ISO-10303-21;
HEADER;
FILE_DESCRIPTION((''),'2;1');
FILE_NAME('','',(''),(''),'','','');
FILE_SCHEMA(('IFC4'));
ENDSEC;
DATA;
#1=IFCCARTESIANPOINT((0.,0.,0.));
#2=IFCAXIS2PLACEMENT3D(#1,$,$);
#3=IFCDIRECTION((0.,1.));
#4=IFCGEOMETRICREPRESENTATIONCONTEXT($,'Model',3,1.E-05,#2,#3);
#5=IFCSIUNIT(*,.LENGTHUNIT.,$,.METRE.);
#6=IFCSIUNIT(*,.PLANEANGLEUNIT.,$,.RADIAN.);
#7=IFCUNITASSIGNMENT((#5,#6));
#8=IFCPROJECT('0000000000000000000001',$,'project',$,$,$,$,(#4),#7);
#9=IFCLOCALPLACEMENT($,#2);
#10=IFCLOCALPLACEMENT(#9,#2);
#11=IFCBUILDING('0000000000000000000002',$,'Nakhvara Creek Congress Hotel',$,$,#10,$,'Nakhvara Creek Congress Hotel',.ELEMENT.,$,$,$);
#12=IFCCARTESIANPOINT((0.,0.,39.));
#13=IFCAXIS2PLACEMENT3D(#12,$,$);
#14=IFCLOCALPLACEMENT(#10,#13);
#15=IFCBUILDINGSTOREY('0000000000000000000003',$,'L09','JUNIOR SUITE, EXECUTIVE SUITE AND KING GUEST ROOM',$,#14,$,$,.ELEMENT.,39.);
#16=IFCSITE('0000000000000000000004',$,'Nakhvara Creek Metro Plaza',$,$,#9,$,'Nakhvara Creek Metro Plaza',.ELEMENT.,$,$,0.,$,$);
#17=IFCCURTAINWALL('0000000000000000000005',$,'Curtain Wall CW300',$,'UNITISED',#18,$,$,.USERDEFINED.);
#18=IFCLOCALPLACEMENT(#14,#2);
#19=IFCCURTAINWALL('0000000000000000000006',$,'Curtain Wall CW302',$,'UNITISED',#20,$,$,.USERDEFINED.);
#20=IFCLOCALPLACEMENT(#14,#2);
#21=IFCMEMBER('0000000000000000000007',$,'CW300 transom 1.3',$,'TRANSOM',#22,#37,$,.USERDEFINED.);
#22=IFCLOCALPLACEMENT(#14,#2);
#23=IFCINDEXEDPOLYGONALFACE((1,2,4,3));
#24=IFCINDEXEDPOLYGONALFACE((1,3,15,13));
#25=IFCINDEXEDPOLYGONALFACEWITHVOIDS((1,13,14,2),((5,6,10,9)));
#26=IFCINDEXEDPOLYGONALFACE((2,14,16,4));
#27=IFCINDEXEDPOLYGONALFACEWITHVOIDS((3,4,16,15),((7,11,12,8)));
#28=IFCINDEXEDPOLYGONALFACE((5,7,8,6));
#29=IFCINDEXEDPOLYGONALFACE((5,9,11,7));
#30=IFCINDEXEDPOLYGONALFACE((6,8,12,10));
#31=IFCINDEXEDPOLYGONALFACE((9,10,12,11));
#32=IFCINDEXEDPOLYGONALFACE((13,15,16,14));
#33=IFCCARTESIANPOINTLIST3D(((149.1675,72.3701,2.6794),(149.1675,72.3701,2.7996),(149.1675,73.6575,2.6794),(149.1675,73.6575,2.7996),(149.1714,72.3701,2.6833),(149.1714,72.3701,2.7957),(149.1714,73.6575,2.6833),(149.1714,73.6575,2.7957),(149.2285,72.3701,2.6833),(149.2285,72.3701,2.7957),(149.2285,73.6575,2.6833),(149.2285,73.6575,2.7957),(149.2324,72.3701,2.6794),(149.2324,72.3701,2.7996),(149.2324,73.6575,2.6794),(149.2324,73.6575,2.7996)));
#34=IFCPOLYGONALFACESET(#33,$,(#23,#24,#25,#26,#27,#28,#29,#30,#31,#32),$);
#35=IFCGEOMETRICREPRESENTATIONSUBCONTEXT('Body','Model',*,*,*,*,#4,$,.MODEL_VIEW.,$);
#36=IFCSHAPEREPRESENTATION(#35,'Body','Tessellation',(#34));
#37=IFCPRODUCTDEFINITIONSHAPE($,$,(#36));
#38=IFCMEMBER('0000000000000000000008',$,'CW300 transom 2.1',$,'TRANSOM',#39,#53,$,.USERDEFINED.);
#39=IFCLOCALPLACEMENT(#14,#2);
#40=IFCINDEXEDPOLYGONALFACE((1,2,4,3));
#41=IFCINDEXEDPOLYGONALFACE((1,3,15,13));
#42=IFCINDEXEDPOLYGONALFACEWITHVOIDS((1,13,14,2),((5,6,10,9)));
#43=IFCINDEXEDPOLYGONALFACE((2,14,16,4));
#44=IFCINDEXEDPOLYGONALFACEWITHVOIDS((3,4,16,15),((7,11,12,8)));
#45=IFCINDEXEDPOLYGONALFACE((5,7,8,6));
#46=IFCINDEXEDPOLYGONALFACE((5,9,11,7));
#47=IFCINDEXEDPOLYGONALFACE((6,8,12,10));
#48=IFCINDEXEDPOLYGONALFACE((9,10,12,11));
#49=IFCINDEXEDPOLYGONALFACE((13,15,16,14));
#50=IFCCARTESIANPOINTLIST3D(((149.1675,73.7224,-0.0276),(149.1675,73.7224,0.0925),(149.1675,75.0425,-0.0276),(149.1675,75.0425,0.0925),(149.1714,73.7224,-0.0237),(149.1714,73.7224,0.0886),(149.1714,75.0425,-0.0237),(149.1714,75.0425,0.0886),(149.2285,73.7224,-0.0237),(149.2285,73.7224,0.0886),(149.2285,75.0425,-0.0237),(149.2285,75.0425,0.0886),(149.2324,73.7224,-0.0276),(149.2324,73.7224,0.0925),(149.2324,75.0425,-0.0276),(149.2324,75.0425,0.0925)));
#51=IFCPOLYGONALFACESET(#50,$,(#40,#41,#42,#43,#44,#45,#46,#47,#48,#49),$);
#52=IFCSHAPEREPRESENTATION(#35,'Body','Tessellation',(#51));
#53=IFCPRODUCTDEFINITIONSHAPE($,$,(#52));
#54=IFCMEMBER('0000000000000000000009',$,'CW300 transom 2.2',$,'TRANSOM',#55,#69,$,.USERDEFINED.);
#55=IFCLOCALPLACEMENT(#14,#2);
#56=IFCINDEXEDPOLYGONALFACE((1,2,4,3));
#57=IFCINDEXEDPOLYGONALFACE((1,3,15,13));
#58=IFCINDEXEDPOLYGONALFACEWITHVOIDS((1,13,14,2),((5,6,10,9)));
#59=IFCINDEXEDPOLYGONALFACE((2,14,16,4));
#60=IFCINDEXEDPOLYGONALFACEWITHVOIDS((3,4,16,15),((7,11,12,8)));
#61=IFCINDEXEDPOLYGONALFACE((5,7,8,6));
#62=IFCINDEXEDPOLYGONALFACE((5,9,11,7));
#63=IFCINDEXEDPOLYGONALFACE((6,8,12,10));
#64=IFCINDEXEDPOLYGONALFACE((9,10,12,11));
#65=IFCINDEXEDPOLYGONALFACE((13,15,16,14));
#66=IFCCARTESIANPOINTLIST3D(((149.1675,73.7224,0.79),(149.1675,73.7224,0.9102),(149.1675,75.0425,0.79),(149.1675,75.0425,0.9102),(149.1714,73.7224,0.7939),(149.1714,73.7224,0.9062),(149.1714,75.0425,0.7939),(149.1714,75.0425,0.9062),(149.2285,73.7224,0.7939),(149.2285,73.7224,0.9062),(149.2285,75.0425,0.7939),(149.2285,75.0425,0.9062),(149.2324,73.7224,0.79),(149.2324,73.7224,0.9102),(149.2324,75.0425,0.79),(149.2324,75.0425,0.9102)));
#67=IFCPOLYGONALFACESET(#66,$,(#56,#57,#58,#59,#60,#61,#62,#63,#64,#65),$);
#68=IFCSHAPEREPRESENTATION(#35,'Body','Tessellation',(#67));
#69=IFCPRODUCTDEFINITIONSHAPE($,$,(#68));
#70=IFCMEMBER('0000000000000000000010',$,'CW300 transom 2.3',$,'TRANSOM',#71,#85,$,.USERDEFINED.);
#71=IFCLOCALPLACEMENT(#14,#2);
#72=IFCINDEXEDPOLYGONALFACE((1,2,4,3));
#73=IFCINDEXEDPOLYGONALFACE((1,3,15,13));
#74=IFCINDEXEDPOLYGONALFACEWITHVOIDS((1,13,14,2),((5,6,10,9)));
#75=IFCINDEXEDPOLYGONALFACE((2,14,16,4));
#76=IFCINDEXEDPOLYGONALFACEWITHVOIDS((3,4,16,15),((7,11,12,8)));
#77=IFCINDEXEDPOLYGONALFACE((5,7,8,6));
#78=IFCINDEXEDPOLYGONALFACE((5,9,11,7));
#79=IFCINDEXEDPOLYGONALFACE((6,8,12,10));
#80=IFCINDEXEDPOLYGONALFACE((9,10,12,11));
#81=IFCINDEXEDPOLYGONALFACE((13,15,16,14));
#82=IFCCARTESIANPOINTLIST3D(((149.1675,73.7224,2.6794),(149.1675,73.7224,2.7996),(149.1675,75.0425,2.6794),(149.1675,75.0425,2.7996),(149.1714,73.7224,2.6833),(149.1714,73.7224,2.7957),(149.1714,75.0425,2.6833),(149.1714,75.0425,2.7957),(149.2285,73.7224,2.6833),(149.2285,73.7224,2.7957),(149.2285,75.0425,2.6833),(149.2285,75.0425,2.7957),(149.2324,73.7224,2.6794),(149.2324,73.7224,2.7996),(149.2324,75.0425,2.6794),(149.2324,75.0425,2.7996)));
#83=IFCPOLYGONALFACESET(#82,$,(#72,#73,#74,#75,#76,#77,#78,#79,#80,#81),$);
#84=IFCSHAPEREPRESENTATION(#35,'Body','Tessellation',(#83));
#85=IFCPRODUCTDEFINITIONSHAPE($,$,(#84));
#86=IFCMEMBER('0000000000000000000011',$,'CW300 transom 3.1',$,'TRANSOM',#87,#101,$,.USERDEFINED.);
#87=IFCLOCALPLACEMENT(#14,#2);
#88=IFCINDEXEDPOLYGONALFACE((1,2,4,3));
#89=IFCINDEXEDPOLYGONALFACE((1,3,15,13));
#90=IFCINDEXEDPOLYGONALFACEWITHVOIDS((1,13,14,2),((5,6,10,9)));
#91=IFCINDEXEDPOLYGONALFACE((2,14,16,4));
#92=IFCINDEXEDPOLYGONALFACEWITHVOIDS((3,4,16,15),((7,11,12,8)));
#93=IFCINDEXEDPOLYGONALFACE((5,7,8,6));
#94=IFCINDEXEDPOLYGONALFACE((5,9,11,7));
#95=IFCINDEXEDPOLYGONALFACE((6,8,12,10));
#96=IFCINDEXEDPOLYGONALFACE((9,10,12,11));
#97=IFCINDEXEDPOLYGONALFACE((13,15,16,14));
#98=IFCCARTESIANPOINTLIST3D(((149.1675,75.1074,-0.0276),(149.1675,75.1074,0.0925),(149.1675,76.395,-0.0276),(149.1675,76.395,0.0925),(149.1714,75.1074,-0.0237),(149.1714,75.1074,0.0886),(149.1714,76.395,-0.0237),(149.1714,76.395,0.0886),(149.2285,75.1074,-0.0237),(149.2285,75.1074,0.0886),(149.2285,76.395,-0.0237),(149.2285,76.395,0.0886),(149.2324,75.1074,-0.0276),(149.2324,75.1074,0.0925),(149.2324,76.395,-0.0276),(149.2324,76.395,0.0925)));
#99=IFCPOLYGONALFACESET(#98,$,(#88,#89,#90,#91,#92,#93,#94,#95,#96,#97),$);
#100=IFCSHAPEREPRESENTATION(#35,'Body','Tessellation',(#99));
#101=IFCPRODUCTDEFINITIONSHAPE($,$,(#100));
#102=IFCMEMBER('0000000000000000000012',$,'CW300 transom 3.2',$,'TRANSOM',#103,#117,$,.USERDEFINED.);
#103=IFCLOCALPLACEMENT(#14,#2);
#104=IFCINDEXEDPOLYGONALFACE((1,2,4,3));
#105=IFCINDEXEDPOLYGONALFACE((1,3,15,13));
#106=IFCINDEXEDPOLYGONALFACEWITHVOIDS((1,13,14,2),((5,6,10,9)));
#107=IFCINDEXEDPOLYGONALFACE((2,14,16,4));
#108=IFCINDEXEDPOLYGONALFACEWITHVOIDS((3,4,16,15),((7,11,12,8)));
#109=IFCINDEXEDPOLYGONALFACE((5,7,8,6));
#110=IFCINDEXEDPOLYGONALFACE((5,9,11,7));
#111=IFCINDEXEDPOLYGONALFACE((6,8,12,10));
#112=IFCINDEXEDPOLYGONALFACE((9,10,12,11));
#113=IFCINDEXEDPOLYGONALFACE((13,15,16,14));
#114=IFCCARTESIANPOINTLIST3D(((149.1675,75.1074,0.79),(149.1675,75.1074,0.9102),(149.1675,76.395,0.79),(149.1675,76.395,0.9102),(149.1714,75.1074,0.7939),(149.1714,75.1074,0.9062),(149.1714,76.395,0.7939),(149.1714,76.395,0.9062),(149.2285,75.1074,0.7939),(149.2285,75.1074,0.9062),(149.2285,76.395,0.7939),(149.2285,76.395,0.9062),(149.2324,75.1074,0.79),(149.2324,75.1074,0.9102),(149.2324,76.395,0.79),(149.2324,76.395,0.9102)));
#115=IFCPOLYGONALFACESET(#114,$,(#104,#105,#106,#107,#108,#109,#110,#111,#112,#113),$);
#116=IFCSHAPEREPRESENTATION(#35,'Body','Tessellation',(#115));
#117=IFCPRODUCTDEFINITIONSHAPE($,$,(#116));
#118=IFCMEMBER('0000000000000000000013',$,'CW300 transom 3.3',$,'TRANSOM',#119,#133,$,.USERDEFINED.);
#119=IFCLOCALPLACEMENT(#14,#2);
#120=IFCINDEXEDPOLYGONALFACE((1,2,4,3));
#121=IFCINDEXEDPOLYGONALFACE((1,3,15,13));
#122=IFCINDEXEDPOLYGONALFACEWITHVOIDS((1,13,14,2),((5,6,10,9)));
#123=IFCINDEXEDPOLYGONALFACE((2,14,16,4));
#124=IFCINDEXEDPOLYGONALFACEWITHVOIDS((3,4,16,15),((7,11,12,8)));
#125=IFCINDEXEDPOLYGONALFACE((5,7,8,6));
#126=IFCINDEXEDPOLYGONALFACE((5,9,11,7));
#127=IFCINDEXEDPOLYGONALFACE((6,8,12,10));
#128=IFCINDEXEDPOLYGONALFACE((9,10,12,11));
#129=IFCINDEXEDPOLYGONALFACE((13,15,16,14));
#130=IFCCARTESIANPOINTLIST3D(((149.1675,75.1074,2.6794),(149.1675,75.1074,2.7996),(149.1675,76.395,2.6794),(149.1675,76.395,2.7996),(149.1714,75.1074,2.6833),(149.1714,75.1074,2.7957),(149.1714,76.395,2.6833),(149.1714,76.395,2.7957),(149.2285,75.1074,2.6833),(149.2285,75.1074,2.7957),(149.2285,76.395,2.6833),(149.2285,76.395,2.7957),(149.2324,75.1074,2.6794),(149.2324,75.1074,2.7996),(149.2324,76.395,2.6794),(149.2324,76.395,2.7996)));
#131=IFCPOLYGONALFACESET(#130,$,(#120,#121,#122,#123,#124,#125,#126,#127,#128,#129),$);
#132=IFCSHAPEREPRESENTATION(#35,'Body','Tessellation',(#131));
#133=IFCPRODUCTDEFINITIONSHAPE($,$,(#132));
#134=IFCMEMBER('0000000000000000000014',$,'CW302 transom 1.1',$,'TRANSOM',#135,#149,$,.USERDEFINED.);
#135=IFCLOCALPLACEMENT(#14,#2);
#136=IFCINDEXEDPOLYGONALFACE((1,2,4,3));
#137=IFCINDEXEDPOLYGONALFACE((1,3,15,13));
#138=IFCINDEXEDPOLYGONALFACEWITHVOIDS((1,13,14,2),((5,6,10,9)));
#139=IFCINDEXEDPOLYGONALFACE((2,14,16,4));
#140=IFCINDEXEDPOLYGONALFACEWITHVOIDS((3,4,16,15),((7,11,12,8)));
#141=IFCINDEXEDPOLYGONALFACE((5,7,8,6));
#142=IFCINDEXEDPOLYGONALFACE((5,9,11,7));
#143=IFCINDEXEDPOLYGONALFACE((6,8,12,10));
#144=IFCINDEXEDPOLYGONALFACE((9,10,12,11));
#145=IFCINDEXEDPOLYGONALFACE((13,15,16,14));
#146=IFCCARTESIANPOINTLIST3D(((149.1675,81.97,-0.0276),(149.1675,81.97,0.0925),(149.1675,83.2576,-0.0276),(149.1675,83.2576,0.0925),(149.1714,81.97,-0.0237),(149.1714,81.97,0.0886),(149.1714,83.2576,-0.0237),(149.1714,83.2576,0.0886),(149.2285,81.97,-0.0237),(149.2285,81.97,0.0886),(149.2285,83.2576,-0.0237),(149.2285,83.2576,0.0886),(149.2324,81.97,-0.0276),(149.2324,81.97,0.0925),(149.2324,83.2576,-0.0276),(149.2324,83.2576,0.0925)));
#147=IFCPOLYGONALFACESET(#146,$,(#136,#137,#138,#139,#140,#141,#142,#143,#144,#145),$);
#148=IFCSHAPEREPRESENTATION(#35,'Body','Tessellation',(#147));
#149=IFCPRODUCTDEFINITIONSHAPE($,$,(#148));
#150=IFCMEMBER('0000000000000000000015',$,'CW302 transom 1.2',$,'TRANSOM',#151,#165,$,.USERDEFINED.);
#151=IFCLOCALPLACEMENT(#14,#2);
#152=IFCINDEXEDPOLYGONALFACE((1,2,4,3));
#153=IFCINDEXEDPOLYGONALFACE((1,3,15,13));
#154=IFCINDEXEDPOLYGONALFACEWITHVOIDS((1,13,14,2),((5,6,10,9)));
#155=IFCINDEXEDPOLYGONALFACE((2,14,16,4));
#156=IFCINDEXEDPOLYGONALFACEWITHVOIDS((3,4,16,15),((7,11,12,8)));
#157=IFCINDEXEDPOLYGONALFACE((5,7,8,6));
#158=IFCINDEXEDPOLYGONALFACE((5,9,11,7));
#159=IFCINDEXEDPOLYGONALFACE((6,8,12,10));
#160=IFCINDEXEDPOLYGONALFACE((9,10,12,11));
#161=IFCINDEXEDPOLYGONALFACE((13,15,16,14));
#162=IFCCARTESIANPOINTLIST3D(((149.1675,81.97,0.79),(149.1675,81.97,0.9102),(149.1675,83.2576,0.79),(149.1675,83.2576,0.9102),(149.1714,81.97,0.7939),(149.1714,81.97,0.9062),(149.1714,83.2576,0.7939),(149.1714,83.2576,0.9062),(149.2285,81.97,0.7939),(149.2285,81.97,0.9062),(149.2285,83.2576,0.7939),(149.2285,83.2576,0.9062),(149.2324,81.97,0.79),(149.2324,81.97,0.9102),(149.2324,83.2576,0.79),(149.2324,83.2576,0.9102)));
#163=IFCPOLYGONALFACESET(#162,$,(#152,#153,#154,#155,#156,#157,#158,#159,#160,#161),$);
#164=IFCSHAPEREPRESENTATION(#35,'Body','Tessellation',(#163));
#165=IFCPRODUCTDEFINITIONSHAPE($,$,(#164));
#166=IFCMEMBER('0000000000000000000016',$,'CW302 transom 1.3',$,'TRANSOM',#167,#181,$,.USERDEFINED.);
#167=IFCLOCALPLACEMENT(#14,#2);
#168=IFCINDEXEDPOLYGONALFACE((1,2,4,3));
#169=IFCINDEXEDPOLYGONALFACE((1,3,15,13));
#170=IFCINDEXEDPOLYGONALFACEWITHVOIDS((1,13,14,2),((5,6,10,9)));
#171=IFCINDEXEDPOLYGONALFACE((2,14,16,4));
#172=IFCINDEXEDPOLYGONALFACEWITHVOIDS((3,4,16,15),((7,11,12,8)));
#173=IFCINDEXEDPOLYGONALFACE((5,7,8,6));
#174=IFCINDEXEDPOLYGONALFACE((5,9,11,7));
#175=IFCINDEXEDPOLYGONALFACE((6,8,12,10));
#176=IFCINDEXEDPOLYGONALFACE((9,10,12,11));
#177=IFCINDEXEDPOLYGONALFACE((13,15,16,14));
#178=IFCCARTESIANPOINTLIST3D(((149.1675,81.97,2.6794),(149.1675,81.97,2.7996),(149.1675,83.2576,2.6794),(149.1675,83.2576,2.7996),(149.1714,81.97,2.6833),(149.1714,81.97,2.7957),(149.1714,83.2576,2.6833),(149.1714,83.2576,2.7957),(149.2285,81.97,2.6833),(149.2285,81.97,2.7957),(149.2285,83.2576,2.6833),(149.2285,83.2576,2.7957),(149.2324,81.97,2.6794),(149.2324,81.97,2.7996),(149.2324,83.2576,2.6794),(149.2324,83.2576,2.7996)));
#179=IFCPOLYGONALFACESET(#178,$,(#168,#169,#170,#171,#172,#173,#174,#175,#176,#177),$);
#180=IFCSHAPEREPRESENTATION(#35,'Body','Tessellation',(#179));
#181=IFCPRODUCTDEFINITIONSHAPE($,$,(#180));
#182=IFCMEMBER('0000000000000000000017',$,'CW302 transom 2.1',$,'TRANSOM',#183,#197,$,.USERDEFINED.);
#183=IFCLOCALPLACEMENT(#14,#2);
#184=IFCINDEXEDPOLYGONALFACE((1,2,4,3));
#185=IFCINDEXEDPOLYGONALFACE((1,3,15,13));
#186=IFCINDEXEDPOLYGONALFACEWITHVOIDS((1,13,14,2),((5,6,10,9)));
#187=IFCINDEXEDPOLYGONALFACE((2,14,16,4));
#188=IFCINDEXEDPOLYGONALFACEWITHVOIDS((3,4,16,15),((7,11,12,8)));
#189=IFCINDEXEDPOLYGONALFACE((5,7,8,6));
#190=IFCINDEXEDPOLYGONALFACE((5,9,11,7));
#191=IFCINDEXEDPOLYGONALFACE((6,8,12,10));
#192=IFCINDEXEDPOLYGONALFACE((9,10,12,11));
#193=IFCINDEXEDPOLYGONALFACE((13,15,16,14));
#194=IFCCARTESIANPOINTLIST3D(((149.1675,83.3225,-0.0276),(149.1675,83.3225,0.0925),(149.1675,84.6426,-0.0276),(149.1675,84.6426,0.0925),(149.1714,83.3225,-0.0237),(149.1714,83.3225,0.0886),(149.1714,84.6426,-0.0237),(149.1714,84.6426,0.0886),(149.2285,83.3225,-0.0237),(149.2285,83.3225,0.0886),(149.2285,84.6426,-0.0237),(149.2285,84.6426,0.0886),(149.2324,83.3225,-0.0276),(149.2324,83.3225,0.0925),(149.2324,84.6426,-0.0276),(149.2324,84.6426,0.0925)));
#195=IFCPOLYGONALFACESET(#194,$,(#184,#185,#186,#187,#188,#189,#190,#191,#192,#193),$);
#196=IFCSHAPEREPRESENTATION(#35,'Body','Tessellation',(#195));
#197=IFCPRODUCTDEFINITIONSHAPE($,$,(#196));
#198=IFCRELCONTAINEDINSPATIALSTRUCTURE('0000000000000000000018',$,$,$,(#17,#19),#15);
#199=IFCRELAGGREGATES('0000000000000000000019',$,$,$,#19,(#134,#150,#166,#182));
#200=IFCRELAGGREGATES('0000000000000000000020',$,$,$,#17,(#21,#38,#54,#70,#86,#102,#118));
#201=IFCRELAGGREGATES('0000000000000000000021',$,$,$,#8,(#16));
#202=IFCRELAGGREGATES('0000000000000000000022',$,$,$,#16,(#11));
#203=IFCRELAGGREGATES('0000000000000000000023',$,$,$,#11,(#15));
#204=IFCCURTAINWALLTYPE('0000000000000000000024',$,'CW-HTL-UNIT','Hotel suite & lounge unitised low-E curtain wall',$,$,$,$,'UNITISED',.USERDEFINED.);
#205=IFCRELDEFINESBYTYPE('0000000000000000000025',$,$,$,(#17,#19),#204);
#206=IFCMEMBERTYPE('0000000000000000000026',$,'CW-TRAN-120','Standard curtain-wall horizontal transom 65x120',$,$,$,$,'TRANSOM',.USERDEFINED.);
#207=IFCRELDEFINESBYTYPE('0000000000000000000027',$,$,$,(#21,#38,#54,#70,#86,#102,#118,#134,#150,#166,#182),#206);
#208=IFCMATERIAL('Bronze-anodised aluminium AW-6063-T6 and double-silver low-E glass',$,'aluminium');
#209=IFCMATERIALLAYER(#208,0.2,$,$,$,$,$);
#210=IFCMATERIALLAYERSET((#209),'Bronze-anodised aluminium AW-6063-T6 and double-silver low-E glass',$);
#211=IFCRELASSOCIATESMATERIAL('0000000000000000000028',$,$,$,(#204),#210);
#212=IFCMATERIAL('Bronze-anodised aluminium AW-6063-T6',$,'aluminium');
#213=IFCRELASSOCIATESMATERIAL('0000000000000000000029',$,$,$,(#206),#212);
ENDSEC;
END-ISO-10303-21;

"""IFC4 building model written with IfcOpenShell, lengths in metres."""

from ifc_helpers import new_model, si_unit, direction, frame, origin, origin_2d, place, context, subcontext, project, spatial, hollow_rectangle, extrude, material, layer, layer_set, material_profile, profile_set, type_object, element, aggregate, save


model = new_model("IFC4")

# Units and contexts
model_context = context("Model", 3, precision=1e-05, world=origin(), true_north=direction((0.0, 1.0)))
body_context = subcontext(model_context, "Body", "Model", "MODEL_VIEW")
ifc_project = project(units=[si_unit("LENGTHUNIT", "METRE"), si_unit("PLANEANGLEUNIT", "RADIAN")], contexts=[model_context])

# Site, building, storey
site_placement = place(None, origin())
site = spatial("IfcSite", under=ifc_project, at=site_placement, Name="Nakhvara Creek Metro Plaza", LongName="Nakhvara Creek Metro Plaza", CompositionType="ELEMENT", RefElevation=0.0)
building_placement = place(site_placement, origin())
building = spatial("IfcBuilding", under=site, at=building_placement, Name="Nakhvara Creek Congress Hotel", LongName="Nakhvara Creek Congress Hotel", CompositionType="ELEMENT")
storey_placement = place(building_placement, frame((0.0, 0.0, 39.0)))
storey = spatial("IfcBuildingStorey", under=building, at=storey_placement, Name="L09", Description="JUNIOR SUITE, EXECUTIVE SUITE AND KING GUEST ROOM", CompositionType="ELEMENT", Elevation=39.0)

# Shared definitions
ifc_material_1 = material(Name="Bronze-anodised aluminium AW-6063-T6 and double-silver low-E glass", Category="aluminium")
ifc_layer = layer(ifc_material_1, 0.2)
ifc_layer_set = layer_set([ifc_layer], Name="Bronze-anodised aluminium AW-6063-T6 and double-silver low-E glass")
curtain_wall_type = type_object("IfcCurtainWallType", Name="CW-HTL-UNIT", Description="Hotel suite & lounge unitised low-E curtain wall", ElementType="UNITISED", PredefinedType="USERDEFINED", material=ifc_layer_set)
ifc_material_2 = material(Name="Bronze-anodised aluminium AW-6063-T6", Category="aluminium")

# Curtain walls
curtain_wall_1_placement = place(storey_placement, origin())
curtain_wall_1 = element("IfcCurtainWall", 1, at=curtain_wall_1_placement, inside=storey, type_object=curtain_wall_type, Name="Curtain Wall CW300", ObjectType="UNITISED", PredefinedType="USERDEFINED")
curtain_wall_2_placement = place(storey_placement, origin())
curtain_wall_2 = element("IfcCurtainWall", 2, at=curtain_wall_2_placement, inside=storey, type_object=curtain_wall_type, Name="Curtain Wall CW302", ObjectType="UNITISED", PredefinedType="USERDEFINED")

# Members
ifc_material_profile_1 = material_profile(ifc_material_2, hollow_rectangle(XDim=0.0649, YDim=0.1201, WallThickness=0.0039, at=origin_2d()), Name="ALU-TRAN 65x120x4", Category="LoadBearing")
ifc_profile_set_1 = profile_set([ifc_material_profile_1], Name="Bronze-anodised aluminium AW-6063-T6")
member_type_1 = type_object("IfcMemberType", Name="CW-TRAN-120", Description="Standard curtain-wall horizontal transom 65x120", ElementType="TRANSOM", PredefinedType="USERDEFINED", material=ifc_profile_set_1)
member_1_placement = place(storey_placement, frame((149.2, 72.3701, 2.7395), z_axis=(0.0, 1.0, 0.0), x_axis=(-1.0, 0.0, 0.0)))
member_1 = element("IfcMember", 3, at=member_1_placement, type_object=member_type_1, Name="CW300 transom 1.3", ObjectType="TRANSOM", PredefinedType="USERDEFINED", context=body_context, shape_type="SweptSolid", body=[
    extrude(hollow_rectangle(XDim=0.0649, YDim=0.1201, WallThickness=0.0039, at=origin_2d()), origin(), (0.0, 0.0, 1.0), 1.2874),
])
member_2_placement = place(storey_placement, frame((149.2, 73.7224, 0.0325), z_axis=(0.0, 1.0, 0.0), x_axis=(-1.0, 0.0, 0.0)))
member_2 = element("IfcMember", 4, at=member_2_placement, type_object=member_type_1, Name="CW300 transom 2.1", ObjectType="TRANSOM", PredefinedType="USERDEFINED", context=body_context, shape_type="SweptSolid", body=[
    extrude(hollow_rectangle(XDim=0.0649, YDim=0.1201, WallThickness=0.0039, at=origin_2d()), origin(), (0.0, 0.0, 1.0), 1.3201),
])
member_3_placement = place(storey_placement, frame((149.2, 73.7224, 0.8501), z_axis=(0.0, 1.0, 0.0), x_axis=(-1.0, 0.0, 0.0)))
member_3 = element("IfcMember", 5, at=member_3_placement, type_object=member_type_1, Name="CW300 transom 2.2", ObjectType="TRANSOM", PredefinedType="USERDEFINED", context=body_context, shape_type="SweptSolid", body=[
    extrude(hollow_rectangle(XDim=0.0649, YDim=0.1201, WallThickness=0.0039, at=origin_2d()), origin(), (0.0, 0.0, 1.0), 1.3201),
])
member_4_placement = place(storey_placement, frame((149.2, 73.7224, 2.7395), z_axis=(0.0, 1.0, 0.0), x_axis=(-1.0, 0.0, 0.0)))
member_4 = element("IfcMember", 6, at=member_4_placement, type_object=member_type_1, Name="CW300 transom 2.3", ObjectType="TRANSOM", PredefinedType="USERDEFINED", context=body_context, shape_type="SweptSolid", body=[
    extrude(hollow_rectangle(XDim=0.0649, YDim=0.1201, WallThickness=0.0039, at=origin_2d()), origin(), (0.0, 0.0, 1.0), 1.3201),
])
member_5_placement = place(storey_placement, frame((149.2, 75.1074, 0.0325), z_axis=(0.0, 1.0, 0.0), x_axis=(-1.0, 0.0, 0.0)))
member_5 = element("IfcMember", 7, at=member_5_placement, type_object=member_type_1, Name="CW300 transom 3.1", ObjectType="TRANSOM", PredefinedType="USERDEFINED", context=body_context, shape_type="SweptSolid", body=[
    extrude(hollow_rectangle(XDim=0.0649, YDim=0.1201, WallThickness=0.0039, at=origin_2d()), origin(), (0.0, 0.0, 1.0), 1.2876),
])
member_6_placement = place(storey_placement, frame((149.2, 75.1074, 0.8501), z_axis=(0.0, 1.0, 0.0), x_axis=(-1.0, 0.0, 0.0)))
member_6 = element("IfcMember", 8, at=member_6_placement, type_object=member_type_1, Name="CW300 transom 3.2", ObjectType="TRANSOM", PredefinedType="USERDEFINED", context=body_context, shape_type="SweptSolid", body=[
    extrude(hollow_rectangle(XDim=0.0649, YDim=0.1201, WallThickness=0.0039, at=origin_2d()), origin(), (0.0, 0.0, 1.0), 1.2876),
])
member_7_placement = place(storey_placement, frame((149.2, 75.1074, 2.7395), z_axis=(0.0, 1.0, 0.0), x_axis=(-1.0, 0.0, 0.0)))
member_7 = element("IfcMember", 9, at=member_7_placement, type_object=member_type_1, Name="CW300 transom 3.3", ObjectType="TRANSOM", PredefinedType="USERDEFINED", context=body_context, shape_type="SweptSolid", body=[
    extrude(hollow_rectangle(XDim=0.0649, YDim=0.1201, WallThickness=0.0039, at=origin_2d()), origin(), (0.0, 0.0, 1.0), 1.2876),
])
member_8_placement = place(storey_placement, frame((149.2, 81.97, 0.0325), z_axis=(0.0, 1.0, 0.0), x_axis=(-1.0, 0.0, 0.0)))
member_8 = element("IfcMember", 10, at=member_8_placement, type_object=member_type_1, Name="CW302 transom 1.1", ObjectType="TRANSOM", PredefinedType="USERDEFINED", context=body_context, shape_type="SweptSolid", body=[
    extrude(hollow_rectangle(XDim=0.0649, YDim=0.1201, WallThickness=0.0039, at=origin_2d()), origin(), (0.0, 0.0, 1.0), 1.2876),
])
member_9_placement = place(storey_placement, frame((149.2, 81.97, 0.8501), z_axis=(0.0, 1.0, 0.0), x_axis=(-1.0, 0.0, 0.0)))
member_9 = element("IfcMember", 11, at=member_9_placement, type_object=member_type_1, Name="CW302 transom 1.2", ObjectType="TRANSOM", PredefinedType="USERDEFINED", context=body_context, shape_type="SweptSolid", body=[
    extrude(hollow_rectangle(XDim=0.0649, YDim=0.1201, WallThickness=0.0039, at=origin_2d()), origin(), (0.0, 0.0, 1.0), 1.2876),
])
member_10_placement = place(storey_placement, frame((149.2, 81.97, 2.7395), z_axis=(0.0, 1.0, 0.0), x_axis=(-1.0, 0.0, 0.0)))
member_10 = element("IfcMember", 12, at=member_10_placement, type_object=member_type_1, Name="CW302 transom 1.3", ObjectType="TRANSOM", PredefinedType="USERDEFINED", context=body_context, shape_type="SweptSolid", body=[
    extrude(hollow_rectangle(XDim=0.0649, YDim=0.1201, WallThickness=0.0039, at=origin_2d()), origin(), (0.0, 0.0, 1.0), 1.2876),
])
member_11_placement = place(storey_placement, frame((149.2, 83.3225, 0.0325), z_axis=(0.0, 1.0, 0.0), x_axis=(-1.0, 0.0, 0.0)))
member_11 = element("IfcMember", 13, at=member_11_placement, type_object=member_type_1, Name="CW302 transom 2.1", ObjectType="TRANSOM", PredefinedType="USERDEFINED", context=body_context, shape_type="SweptSolid", body=[
    extrude(hollow_rectangle(XDim=0.0649, YDim=0.1201, WallThickness=0.0039, at=origin_2d()), origin(), (0.0, 0.0, 1.0), 1.3201),
])

aggregate(curtain_wall_2, [member_8, member_9, member_10, member_11])
aggregate(curtain_wall_1, [member_1, member_2, member_3, member_4, member_5, member_6, member_7])

save(model, "model.ifc")
